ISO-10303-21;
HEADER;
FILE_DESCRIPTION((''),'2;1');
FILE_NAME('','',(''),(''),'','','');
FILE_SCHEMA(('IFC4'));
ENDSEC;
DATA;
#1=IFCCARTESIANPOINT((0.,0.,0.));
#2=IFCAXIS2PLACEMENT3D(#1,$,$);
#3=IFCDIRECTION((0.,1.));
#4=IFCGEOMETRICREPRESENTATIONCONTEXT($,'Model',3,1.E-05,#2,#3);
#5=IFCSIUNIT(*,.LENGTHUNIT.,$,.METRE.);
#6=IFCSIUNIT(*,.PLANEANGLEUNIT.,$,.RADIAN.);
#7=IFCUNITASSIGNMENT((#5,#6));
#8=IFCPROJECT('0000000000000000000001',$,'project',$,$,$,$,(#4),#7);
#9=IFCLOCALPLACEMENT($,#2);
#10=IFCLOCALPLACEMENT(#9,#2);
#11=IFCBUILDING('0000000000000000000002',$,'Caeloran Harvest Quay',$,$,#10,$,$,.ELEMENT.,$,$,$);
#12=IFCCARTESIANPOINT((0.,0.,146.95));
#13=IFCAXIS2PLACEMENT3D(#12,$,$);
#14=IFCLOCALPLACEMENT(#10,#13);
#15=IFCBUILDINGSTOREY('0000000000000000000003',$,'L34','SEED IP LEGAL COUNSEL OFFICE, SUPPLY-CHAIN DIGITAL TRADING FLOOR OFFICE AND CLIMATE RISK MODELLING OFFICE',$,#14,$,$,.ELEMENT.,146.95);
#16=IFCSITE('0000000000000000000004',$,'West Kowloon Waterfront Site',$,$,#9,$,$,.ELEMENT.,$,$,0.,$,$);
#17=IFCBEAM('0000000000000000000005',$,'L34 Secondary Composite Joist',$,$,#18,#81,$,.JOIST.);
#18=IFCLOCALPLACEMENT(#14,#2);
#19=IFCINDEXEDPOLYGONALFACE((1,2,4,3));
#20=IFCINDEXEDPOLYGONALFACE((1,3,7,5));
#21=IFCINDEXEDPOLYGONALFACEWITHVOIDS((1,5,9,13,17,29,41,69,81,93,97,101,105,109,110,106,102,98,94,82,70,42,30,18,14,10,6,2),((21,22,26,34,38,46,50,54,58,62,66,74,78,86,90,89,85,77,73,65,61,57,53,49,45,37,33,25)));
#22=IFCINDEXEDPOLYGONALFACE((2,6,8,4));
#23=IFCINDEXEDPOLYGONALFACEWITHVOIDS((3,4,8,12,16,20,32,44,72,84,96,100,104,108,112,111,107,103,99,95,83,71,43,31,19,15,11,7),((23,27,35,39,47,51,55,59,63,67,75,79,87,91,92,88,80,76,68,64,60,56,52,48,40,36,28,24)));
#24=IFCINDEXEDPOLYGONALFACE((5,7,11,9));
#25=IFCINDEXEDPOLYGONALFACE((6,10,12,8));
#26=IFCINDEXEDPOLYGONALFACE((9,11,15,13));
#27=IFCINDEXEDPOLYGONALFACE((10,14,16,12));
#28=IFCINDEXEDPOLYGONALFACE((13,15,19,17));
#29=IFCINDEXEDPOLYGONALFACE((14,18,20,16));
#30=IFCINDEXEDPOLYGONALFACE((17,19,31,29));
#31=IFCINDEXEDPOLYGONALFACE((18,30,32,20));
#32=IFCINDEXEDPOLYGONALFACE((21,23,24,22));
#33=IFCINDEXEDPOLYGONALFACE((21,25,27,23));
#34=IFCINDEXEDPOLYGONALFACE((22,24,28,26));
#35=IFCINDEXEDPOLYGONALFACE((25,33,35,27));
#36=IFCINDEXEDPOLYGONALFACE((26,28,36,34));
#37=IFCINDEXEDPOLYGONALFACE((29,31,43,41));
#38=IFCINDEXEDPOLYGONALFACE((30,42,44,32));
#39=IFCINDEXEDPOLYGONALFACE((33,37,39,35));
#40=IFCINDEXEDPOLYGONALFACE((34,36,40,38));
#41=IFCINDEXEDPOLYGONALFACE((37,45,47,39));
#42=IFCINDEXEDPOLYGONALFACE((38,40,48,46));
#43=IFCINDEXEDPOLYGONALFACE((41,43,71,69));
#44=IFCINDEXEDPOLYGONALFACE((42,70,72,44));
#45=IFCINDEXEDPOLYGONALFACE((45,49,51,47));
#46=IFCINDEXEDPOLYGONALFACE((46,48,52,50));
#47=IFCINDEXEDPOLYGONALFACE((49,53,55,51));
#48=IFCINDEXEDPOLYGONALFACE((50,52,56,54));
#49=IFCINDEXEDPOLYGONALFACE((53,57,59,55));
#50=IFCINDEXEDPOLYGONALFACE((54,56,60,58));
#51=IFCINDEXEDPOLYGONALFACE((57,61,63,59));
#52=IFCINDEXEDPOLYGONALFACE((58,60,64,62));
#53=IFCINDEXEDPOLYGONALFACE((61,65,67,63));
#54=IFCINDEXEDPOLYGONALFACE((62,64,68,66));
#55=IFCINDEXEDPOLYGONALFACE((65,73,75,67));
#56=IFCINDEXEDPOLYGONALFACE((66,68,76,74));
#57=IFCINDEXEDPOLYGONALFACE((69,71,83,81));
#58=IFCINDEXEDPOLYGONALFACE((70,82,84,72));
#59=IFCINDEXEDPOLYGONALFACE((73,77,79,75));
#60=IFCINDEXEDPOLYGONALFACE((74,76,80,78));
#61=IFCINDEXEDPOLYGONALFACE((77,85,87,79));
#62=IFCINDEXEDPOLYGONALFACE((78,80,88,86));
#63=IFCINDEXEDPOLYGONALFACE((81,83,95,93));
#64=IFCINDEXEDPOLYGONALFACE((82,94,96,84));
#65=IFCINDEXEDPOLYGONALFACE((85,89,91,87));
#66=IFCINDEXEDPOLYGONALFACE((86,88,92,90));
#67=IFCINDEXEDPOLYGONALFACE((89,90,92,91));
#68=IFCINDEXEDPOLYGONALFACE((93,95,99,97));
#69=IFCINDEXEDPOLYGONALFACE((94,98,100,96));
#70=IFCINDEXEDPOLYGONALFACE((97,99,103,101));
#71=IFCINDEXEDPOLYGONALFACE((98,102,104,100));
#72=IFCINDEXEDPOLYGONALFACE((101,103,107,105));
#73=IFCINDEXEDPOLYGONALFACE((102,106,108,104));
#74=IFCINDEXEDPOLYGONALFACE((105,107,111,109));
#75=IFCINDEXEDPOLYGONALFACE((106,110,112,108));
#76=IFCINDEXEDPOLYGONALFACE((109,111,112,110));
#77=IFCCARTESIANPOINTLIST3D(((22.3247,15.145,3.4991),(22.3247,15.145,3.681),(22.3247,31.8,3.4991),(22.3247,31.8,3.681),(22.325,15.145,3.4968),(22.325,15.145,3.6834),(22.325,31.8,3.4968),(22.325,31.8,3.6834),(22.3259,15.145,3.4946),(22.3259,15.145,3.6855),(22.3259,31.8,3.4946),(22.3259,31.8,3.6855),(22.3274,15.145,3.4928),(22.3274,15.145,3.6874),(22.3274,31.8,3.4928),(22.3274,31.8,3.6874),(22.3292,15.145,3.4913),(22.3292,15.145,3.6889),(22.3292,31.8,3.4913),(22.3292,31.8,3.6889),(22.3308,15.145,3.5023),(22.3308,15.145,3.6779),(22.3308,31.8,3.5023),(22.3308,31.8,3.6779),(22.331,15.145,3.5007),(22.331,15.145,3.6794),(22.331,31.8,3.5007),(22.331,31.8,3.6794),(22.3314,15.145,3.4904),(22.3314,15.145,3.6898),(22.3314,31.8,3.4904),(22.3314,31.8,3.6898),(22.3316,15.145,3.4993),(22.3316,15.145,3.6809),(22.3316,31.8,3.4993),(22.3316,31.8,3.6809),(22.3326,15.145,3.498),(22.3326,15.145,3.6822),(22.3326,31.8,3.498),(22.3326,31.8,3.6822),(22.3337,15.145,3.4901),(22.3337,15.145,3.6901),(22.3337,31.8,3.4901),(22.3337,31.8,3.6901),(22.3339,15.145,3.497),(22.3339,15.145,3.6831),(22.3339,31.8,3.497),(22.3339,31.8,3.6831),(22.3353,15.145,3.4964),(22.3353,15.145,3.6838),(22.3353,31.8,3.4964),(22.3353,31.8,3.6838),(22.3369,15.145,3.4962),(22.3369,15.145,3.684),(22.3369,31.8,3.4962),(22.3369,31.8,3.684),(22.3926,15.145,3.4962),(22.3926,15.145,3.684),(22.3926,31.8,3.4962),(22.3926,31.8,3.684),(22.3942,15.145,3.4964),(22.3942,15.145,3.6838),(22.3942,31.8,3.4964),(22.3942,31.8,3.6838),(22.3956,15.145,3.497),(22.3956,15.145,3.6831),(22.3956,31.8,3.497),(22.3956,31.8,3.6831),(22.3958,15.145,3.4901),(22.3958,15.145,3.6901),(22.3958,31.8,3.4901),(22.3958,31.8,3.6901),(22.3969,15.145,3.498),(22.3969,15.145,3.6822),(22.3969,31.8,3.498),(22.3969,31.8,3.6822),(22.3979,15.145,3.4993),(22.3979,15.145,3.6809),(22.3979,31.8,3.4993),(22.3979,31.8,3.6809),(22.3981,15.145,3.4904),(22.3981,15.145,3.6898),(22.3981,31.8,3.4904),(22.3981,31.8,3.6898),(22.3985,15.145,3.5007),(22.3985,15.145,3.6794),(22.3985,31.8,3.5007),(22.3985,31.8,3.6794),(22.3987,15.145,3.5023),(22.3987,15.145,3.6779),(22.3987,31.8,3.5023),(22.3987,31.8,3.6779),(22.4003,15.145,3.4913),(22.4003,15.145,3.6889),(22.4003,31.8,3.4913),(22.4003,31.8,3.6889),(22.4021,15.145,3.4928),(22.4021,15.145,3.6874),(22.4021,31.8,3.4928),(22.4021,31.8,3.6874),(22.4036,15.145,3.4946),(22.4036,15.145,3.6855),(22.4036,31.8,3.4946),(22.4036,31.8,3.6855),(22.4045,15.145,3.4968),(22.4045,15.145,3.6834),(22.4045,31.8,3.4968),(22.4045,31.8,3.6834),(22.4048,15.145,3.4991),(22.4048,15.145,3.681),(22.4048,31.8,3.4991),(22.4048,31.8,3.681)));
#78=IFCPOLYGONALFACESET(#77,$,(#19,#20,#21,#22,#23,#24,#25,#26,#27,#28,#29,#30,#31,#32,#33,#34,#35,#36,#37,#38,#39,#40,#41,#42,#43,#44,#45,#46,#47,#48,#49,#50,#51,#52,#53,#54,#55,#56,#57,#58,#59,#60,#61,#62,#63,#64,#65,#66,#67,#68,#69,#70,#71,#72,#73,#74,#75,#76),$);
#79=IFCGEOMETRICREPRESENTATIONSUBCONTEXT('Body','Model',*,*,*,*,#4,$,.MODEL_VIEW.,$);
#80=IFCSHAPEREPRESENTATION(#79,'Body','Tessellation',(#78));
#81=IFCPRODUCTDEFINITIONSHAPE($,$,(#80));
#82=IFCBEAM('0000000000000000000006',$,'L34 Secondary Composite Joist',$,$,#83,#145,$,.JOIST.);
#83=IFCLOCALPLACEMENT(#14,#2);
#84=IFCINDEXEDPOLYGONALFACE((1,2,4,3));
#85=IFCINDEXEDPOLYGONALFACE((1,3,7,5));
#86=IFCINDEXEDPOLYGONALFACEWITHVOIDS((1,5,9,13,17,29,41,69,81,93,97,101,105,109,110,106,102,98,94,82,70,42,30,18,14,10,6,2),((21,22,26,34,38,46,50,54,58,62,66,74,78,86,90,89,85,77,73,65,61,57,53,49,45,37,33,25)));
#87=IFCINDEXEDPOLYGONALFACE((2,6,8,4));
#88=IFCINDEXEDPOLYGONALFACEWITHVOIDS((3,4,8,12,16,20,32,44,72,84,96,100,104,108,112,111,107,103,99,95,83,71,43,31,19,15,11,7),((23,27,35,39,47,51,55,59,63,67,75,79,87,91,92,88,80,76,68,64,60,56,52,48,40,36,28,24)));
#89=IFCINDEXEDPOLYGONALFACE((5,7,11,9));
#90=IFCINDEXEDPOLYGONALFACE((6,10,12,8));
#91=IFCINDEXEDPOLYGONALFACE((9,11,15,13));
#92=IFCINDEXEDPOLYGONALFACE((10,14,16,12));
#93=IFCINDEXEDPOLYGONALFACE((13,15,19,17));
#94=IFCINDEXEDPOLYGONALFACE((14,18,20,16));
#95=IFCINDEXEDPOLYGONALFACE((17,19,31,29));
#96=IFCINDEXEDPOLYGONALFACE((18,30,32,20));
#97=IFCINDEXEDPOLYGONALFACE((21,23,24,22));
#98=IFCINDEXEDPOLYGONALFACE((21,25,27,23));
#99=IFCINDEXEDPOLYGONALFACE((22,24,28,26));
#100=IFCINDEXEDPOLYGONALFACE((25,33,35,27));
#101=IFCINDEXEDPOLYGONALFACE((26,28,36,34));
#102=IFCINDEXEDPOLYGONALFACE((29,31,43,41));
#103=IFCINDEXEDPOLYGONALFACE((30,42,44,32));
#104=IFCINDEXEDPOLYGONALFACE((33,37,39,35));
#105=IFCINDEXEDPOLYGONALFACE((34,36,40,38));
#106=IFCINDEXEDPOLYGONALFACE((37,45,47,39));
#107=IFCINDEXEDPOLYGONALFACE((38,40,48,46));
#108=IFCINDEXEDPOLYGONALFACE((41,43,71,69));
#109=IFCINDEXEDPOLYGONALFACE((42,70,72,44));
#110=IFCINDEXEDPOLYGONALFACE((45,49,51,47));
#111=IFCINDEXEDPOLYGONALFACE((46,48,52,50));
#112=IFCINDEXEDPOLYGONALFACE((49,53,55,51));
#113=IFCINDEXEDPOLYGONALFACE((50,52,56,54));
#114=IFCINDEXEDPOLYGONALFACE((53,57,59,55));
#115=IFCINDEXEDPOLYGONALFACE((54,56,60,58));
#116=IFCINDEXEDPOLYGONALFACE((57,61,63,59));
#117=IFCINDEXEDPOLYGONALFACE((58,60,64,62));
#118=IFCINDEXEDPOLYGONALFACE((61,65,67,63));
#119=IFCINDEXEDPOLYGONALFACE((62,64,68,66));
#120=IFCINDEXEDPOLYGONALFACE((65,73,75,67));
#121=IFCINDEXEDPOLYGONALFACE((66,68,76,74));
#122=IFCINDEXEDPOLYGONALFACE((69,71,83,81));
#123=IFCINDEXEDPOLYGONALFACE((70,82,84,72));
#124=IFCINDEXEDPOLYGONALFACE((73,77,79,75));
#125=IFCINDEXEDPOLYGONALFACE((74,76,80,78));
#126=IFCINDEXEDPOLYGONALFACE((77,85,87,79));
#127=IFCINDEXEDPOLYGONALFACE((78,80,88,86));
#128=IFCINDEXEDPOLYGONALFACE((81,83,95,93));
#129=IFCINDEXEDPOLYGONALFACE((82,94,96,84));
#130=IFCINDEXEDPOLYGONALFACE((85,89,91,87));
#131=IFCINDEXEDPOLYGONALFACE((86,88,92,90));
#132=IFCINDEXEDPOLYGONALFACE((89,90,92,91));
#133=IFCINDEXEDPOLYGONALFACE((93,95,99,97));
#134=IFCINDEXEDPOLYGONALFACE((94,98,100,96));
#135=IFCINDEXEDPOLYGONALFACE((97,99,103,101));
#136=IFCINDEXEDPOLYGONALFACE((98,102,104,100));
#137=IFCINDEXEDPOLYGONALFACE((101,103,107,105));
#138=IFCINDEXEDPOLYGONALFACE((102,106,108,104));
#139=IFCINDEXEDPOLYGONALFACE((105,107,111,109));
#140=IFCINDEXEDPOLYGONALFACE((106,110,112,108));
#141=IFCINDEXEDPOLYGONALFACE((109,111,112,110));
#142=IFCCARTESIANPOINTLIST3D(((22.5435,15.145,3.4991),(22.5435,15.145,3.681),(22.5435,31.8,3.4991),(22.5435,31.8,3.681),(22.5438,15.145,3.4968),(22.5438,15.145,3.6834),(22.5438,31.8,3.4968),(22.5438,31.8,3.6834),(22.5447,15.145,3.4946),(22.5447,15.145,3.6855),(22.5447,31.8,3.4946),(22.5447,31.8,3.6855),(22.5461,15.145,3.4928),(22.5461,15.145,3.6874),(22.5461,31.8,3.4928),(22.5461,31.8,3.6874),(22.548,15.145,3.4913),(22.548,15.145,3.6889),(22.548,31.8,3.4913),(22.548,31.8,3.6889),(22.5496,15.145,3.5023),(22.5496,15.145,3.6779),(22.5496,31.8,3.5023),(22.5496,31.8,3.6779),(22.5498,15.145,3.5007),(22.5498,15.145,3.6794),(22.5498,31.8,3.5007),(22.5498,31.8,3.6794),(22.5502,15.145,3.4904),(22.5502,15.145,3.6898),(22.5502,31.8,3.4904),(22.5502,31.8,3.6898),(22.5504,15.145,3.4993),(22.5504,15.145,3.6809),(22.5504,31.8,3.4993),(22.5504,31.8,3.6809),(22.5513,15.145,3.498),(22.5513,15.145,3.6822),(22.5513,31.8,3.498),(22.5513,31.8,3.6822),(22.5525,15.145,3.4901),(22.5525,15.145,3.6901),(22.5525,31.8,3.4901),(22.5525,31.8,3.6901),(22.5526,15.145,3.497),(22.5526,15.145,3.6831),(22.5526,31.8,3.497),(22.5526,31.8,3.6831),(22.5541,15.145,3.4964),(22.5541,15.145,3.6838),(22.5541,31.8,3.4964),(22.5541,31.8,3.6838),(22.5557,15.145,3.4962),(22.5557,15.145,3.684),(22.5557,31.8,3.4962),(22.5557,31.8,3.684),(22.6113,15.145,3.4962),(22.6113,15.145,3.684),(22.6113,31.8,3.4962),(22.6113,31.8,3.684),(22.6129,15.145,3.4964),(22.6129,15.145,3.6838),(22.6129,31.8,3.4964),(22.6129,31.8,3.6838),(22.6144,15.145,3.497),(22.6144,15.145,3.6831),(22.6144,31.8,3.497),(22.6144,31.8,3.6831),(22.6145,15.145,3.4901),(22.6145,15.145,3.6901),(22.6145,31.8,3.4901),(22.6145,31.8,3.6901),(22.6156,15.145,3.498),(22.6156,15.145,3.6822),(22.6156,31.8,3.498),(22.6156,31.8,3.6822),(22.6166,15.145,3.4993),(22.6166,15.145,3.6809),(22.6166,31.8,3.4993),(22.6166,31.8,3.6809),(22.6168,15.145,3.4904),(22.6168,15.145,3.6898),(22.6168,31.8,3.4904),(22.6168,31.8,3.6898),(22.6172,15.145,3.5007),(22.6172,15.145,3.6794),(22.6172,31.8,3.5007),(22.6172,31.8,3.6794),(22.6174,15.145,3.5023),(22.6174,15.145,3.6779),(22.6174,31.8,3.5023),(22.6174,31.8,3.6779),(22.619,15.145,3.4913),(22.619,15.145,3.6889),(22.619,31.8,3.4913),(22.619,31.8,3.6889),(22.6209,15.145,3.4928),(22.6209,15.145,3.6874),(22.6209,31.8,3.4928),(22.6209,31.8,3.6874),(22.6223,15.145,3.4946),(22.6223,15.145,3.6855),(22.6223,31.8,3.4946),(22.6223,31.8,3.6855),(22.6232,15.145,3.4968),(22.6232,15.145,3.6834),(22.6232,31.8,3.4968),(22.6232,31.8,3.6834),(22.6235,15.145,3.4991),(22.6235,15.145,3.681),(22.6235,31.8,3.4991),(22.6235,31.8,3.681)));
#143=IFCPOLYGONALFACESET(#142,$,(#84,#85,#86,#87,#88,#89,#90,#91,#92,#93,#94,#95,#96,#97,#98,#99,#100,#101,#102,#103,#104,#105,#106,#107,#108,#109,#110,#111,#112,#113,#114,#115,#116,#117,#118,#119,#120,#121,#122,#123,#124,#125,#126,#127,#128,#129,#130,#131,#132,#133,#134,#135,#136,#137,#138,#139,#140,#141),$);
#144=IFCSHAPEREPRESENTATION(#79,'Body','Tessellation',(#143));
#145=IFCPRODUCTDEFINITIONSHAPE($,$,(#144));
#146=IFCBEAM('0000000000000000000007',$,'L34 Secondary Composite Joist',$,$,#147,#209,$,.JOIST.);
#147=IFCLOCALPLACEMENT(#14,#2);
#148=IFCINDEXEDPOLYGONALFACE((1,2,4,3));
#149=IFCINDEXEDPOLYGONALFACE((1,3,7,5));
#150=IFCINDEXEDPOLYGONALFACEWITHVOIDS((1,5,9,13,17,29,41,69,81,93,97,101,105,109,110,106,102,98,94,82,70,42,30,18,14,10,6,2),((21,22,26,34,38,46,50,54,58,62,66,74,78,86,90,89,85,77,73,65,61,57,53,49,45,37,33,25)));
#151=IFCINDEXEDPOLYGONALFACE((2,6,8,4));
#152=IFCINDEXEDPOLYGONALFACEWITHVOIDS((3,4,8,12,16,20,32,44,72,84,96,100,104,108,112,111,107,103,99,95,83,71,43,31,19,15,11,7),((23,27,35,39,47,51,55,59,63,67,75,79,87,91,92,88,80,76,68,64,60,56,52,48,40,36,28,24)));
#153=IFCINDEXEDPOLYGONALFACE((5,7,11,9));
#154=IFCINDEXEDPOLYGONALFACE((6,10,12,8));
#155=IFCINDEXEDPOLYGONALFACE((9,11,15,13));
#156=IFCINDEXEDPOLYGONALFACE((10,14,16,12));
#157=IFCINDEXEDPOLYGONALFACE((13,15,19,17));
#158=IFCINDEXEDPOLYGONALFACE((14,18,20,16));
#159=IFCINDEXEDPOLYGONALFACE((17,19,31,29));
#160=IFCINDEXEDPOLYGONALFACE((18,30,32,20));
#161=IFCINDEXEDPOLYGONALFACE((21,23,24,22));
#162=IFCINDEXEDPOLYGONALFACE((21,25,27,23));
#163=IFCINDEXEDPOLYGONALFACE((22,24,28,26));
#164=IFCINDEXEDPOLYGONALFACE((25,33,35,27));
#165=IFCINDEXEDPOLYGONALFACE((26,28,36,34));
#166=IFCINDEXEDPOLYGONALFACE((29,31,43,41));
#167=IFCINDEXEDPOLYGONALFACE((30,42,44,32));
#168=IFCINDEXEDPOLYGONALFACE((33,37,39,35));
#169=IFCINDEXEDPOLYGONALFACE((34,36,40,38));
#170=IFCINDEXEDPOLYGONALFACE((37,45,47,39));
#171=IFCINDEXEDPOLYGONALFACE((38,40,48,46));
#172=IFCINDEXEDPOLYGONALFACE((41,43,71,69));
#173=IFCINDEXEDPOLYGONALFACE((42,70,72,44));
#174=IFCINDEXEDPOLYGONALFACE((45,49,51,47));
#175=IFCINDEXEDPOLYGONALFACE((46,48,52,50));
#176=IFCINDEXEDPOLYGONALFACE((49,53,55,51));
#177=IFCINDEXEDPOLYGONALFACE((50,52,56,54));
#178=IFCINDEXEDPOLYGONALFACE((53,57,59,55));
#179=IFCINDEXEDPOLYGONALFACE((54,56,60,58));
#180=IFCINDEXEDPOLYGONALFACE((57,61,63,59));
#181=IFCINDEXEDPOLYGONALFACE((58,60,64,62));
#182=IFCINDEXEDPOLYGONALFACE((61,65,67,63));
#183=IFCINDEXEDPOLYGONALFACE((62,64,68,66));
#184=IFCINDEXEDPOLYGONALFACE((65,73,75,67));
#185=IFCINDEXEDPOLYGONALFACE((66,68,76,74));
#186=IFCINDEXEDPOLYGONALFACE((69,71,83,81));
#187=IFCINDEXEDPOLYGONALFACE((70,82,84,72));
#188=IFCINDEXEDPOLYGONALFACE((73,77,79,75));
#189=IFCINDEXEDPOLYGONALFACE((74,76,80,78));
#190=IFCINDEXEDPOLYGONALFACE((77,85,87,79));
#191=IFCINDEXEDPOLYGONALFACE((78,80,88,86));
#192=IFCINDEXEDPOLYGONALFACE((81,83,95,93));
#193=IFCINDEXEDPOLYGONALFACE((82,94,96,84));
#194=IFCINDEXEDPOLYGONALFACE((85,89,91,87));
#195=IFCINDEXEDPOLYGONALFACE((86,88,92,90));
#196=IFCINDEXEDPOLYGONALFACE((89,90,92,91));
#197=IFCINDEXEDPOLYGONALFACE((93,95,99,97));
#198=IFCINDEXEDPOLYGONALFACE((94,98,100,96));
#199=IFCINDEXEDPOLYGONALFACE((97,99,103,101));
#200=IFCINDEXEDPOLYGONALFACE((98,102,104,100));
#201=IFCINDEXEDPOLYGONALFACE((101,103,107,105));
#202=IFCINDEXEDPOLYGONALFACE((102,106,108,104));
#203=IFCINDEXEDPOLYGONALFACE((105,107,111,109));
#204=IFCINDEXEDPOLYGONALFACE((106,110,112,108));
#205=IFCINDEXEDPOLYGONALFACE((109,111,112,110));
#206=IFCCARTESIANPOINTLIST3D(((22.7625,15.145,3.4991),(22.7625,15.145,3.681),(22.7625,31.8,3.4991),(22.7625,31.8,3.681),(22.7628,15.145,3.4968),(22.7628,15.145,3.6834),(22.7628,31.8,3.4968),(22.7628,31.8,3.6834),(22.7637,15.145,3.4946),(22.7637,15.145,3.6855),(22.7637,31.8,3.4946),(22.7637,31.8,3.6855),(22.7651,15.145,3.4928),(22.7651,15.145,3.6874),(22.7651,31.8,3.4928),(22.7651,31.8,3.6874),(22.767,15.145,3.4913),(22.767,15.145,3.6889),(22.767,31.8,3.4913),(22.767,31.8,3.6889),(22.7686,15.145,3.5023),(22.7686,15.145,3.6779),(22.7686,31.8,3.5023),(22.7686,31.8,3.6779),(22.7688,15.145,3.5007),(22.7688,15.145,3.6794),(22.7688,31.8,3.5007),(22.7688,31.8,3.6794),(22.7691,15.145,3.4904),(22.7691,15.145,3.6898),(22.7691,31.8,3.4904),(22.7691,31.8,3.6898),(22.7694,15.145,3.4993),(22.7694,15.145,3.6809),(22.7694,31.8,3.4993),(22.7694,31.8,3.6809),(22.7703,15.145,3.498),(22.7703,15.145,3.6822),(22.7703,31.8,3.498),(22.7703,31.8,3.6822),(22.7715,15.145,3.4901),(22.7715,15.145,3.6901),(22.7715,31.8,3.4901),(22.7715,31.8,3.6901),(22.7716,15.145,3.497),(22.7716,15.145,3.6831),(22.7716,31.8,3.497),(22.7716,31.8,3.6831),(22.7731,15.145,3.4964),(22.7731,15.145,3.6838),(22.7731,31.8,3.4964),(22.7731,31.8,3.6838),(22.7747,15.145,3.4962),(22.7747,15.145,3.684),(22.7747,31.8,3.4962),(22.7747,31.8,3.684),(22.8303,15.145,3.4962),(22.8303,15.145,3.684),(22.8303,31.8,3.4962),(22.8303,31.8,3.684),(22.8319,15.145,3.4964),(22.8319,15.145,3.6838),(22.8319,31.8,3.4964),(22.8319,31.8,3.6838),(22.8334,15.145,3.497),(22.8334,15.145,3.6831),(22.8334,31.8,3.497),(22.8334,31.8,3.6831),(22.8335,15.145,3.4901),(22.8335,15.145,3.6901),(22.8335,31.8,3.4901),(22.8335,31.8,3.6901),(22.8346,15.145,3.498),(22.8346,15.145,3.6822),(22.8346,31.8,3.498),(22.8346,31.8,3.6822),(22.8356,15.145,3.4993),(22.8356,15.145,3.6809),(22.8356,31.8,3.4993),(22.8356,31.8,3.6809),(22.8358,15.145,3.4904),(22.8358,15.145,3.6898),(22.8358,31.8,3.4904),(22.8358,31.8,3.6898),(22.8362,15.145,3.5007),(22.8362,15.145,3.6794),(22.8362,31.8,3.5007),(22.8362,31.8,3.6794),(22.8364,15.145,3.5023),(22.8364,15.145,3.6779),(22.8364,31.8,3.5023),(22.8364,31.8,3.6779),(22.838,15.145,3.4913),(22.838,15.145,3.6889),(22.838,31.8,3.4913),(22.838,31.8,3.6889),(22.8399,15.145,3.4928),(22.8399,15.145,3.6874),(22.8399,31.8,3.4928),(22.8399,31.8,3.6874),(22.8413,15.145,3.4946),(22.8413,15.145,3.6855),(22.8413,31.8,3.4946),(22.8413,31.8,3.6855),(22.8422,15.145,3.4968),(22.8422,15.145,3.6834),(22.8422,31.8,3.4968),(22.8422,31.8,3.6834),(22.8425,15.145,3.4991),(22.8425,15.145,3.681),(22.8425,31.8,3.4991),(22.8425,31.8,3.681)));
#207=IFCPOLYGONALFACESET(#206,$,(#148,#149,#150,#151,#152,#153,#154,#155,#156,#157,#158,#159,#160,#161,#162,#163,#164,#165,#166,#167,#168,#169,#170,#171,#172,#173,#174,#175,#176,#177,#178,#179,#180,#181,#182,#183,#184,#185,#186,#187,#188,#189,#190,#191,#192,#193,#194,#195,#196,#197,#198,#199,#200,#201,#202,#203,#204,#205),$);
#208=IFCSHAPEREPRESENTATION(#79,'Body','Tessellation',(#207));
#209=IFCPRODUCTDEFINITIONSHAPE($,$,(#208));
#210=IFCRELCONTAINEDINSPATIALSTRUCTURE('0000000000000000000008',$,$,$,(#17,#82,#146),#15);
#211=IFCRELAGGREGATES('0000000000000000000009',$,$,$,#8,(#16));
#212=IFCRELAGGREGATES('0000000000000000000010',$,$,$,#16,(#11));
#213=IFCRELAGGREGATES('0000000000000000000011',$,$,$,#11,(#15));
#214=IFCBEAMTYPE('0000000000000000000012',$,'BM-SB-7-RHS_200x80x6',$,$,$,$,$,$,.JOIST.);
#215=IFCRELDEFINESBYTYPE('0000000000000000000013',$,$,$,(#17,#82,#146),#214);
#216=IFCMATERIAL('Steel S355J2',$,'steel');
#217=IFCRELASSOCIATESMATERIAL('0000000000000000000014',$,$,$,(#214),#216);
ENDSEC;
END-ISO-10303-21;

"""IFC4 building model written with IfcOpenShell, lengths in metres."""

from ifc_helpers import new_model, si_unit, direction, frame, origin, origin_2d, place, context, subcontext, project, spatial, hollow_rectangle, extrude, material, material_profile, profile_set, type_object, element, save


model = new_model("IFC4")

# Units and contexts
model_context = context("Model", 3, precision=1e-05, world=origin(), true_north=direction((0.0, 1.0)))
body_context = subcontext(model_context, "Body", "Model", "MODEL_VIEW")
ifc_project = project(units=[si_unit("LENGTHUNIT", "METRE"), si_unit("PLANEANGLEUNIT", "RADIAN")], contexts=[model_context])

# Site, building, storey
site_placement = place(None, origin())
site = spatial("IfcSite", under=ifc_project, at=site_placement, Name="West Kowloon Waterfront Site", CompositionType="ELEMENT", RefElevation=0.0)
building_placement = place(site_placement, origin())
building = spatial("IfcBuilding", under=site, at=building_placement, Name="Caeloran Harvest Quay", CompositionType="ELEMENT")
storey_placement = place(building_placement, frame((0.0, 0.0, 146.95)))
storey = spatial("IfcBuildingStorey", under=building, at=storey_placement, Name="L34", Description="SEED IP LEGAL COUNSEL OFFICE, SUPPLY-CHAIN DIGITAL TRADING FLOOR OFFICE AND CLIMATE RISK MODELLING OFFICE", CompositionType="ELEMENT", Elevation=146.95)

# Beams
ifc_material_1 = material(Name="Steel S355J2", Category="steel")
ifc_material_profile_1 = material_profile(ifc_material_1, hollow_rectangle(XDim=0.0801, YDim=0.2, WallThickness=0.0061, InnerFilletRadius=0.0061, OuterFilletRadius=0.009, at=origin_2d()), Name="RHS 200x80x6")
ifc_profile_set_1 = profile_set([ifc_material_profile_1], Name="Steel S355J2")
beam_type_1 = type_object("IfcBeamType", Name="BM-SB-7-RHS_200x80x6", PredefinedType="JOIST", material=ifc_profile_set_1)
for number, where, z_axis, x_axis, name in (
    (1, (22.3647, 15.145, 3.5901), (0.0, 1.0, 0.0), (-1.0, 0.0, 0.0), "L34 Secondary Composite Joist"),
    (2, (22.5835, 15.145, 3.5901), (0.0, 1.0, 0.0), (-1.0, 0.0, 0.0), "L34 Secondary Composite Joist"),
    (3, (22.8025, 15.145, 3.5901), (0.0, 1.0, 0.0), (-1.0, 0.0, 0.0), "L34 Secondary Composite Joist"),
):
    element("IfcBeam", number, at=place(storey_placement, frame(where, z_axis=z_axis, x_axis=x_axis)), inside=storey, type_object=beam_type_1, Name=name, PredefinedType="JOIST", context=body_context, shape_type="SweptSolid", body=[
        extrude(hollow_rectangle(XDim=0.0801, YDim=0.2, WallThickness=0.0061, InnerFilletRadius=0.0061, OuterFilletRadius=0.009, at=origin_2d()), origin(), (0.0, 0.0, 1.0), 16.655),
    ])

save(model, "model.ifc")
